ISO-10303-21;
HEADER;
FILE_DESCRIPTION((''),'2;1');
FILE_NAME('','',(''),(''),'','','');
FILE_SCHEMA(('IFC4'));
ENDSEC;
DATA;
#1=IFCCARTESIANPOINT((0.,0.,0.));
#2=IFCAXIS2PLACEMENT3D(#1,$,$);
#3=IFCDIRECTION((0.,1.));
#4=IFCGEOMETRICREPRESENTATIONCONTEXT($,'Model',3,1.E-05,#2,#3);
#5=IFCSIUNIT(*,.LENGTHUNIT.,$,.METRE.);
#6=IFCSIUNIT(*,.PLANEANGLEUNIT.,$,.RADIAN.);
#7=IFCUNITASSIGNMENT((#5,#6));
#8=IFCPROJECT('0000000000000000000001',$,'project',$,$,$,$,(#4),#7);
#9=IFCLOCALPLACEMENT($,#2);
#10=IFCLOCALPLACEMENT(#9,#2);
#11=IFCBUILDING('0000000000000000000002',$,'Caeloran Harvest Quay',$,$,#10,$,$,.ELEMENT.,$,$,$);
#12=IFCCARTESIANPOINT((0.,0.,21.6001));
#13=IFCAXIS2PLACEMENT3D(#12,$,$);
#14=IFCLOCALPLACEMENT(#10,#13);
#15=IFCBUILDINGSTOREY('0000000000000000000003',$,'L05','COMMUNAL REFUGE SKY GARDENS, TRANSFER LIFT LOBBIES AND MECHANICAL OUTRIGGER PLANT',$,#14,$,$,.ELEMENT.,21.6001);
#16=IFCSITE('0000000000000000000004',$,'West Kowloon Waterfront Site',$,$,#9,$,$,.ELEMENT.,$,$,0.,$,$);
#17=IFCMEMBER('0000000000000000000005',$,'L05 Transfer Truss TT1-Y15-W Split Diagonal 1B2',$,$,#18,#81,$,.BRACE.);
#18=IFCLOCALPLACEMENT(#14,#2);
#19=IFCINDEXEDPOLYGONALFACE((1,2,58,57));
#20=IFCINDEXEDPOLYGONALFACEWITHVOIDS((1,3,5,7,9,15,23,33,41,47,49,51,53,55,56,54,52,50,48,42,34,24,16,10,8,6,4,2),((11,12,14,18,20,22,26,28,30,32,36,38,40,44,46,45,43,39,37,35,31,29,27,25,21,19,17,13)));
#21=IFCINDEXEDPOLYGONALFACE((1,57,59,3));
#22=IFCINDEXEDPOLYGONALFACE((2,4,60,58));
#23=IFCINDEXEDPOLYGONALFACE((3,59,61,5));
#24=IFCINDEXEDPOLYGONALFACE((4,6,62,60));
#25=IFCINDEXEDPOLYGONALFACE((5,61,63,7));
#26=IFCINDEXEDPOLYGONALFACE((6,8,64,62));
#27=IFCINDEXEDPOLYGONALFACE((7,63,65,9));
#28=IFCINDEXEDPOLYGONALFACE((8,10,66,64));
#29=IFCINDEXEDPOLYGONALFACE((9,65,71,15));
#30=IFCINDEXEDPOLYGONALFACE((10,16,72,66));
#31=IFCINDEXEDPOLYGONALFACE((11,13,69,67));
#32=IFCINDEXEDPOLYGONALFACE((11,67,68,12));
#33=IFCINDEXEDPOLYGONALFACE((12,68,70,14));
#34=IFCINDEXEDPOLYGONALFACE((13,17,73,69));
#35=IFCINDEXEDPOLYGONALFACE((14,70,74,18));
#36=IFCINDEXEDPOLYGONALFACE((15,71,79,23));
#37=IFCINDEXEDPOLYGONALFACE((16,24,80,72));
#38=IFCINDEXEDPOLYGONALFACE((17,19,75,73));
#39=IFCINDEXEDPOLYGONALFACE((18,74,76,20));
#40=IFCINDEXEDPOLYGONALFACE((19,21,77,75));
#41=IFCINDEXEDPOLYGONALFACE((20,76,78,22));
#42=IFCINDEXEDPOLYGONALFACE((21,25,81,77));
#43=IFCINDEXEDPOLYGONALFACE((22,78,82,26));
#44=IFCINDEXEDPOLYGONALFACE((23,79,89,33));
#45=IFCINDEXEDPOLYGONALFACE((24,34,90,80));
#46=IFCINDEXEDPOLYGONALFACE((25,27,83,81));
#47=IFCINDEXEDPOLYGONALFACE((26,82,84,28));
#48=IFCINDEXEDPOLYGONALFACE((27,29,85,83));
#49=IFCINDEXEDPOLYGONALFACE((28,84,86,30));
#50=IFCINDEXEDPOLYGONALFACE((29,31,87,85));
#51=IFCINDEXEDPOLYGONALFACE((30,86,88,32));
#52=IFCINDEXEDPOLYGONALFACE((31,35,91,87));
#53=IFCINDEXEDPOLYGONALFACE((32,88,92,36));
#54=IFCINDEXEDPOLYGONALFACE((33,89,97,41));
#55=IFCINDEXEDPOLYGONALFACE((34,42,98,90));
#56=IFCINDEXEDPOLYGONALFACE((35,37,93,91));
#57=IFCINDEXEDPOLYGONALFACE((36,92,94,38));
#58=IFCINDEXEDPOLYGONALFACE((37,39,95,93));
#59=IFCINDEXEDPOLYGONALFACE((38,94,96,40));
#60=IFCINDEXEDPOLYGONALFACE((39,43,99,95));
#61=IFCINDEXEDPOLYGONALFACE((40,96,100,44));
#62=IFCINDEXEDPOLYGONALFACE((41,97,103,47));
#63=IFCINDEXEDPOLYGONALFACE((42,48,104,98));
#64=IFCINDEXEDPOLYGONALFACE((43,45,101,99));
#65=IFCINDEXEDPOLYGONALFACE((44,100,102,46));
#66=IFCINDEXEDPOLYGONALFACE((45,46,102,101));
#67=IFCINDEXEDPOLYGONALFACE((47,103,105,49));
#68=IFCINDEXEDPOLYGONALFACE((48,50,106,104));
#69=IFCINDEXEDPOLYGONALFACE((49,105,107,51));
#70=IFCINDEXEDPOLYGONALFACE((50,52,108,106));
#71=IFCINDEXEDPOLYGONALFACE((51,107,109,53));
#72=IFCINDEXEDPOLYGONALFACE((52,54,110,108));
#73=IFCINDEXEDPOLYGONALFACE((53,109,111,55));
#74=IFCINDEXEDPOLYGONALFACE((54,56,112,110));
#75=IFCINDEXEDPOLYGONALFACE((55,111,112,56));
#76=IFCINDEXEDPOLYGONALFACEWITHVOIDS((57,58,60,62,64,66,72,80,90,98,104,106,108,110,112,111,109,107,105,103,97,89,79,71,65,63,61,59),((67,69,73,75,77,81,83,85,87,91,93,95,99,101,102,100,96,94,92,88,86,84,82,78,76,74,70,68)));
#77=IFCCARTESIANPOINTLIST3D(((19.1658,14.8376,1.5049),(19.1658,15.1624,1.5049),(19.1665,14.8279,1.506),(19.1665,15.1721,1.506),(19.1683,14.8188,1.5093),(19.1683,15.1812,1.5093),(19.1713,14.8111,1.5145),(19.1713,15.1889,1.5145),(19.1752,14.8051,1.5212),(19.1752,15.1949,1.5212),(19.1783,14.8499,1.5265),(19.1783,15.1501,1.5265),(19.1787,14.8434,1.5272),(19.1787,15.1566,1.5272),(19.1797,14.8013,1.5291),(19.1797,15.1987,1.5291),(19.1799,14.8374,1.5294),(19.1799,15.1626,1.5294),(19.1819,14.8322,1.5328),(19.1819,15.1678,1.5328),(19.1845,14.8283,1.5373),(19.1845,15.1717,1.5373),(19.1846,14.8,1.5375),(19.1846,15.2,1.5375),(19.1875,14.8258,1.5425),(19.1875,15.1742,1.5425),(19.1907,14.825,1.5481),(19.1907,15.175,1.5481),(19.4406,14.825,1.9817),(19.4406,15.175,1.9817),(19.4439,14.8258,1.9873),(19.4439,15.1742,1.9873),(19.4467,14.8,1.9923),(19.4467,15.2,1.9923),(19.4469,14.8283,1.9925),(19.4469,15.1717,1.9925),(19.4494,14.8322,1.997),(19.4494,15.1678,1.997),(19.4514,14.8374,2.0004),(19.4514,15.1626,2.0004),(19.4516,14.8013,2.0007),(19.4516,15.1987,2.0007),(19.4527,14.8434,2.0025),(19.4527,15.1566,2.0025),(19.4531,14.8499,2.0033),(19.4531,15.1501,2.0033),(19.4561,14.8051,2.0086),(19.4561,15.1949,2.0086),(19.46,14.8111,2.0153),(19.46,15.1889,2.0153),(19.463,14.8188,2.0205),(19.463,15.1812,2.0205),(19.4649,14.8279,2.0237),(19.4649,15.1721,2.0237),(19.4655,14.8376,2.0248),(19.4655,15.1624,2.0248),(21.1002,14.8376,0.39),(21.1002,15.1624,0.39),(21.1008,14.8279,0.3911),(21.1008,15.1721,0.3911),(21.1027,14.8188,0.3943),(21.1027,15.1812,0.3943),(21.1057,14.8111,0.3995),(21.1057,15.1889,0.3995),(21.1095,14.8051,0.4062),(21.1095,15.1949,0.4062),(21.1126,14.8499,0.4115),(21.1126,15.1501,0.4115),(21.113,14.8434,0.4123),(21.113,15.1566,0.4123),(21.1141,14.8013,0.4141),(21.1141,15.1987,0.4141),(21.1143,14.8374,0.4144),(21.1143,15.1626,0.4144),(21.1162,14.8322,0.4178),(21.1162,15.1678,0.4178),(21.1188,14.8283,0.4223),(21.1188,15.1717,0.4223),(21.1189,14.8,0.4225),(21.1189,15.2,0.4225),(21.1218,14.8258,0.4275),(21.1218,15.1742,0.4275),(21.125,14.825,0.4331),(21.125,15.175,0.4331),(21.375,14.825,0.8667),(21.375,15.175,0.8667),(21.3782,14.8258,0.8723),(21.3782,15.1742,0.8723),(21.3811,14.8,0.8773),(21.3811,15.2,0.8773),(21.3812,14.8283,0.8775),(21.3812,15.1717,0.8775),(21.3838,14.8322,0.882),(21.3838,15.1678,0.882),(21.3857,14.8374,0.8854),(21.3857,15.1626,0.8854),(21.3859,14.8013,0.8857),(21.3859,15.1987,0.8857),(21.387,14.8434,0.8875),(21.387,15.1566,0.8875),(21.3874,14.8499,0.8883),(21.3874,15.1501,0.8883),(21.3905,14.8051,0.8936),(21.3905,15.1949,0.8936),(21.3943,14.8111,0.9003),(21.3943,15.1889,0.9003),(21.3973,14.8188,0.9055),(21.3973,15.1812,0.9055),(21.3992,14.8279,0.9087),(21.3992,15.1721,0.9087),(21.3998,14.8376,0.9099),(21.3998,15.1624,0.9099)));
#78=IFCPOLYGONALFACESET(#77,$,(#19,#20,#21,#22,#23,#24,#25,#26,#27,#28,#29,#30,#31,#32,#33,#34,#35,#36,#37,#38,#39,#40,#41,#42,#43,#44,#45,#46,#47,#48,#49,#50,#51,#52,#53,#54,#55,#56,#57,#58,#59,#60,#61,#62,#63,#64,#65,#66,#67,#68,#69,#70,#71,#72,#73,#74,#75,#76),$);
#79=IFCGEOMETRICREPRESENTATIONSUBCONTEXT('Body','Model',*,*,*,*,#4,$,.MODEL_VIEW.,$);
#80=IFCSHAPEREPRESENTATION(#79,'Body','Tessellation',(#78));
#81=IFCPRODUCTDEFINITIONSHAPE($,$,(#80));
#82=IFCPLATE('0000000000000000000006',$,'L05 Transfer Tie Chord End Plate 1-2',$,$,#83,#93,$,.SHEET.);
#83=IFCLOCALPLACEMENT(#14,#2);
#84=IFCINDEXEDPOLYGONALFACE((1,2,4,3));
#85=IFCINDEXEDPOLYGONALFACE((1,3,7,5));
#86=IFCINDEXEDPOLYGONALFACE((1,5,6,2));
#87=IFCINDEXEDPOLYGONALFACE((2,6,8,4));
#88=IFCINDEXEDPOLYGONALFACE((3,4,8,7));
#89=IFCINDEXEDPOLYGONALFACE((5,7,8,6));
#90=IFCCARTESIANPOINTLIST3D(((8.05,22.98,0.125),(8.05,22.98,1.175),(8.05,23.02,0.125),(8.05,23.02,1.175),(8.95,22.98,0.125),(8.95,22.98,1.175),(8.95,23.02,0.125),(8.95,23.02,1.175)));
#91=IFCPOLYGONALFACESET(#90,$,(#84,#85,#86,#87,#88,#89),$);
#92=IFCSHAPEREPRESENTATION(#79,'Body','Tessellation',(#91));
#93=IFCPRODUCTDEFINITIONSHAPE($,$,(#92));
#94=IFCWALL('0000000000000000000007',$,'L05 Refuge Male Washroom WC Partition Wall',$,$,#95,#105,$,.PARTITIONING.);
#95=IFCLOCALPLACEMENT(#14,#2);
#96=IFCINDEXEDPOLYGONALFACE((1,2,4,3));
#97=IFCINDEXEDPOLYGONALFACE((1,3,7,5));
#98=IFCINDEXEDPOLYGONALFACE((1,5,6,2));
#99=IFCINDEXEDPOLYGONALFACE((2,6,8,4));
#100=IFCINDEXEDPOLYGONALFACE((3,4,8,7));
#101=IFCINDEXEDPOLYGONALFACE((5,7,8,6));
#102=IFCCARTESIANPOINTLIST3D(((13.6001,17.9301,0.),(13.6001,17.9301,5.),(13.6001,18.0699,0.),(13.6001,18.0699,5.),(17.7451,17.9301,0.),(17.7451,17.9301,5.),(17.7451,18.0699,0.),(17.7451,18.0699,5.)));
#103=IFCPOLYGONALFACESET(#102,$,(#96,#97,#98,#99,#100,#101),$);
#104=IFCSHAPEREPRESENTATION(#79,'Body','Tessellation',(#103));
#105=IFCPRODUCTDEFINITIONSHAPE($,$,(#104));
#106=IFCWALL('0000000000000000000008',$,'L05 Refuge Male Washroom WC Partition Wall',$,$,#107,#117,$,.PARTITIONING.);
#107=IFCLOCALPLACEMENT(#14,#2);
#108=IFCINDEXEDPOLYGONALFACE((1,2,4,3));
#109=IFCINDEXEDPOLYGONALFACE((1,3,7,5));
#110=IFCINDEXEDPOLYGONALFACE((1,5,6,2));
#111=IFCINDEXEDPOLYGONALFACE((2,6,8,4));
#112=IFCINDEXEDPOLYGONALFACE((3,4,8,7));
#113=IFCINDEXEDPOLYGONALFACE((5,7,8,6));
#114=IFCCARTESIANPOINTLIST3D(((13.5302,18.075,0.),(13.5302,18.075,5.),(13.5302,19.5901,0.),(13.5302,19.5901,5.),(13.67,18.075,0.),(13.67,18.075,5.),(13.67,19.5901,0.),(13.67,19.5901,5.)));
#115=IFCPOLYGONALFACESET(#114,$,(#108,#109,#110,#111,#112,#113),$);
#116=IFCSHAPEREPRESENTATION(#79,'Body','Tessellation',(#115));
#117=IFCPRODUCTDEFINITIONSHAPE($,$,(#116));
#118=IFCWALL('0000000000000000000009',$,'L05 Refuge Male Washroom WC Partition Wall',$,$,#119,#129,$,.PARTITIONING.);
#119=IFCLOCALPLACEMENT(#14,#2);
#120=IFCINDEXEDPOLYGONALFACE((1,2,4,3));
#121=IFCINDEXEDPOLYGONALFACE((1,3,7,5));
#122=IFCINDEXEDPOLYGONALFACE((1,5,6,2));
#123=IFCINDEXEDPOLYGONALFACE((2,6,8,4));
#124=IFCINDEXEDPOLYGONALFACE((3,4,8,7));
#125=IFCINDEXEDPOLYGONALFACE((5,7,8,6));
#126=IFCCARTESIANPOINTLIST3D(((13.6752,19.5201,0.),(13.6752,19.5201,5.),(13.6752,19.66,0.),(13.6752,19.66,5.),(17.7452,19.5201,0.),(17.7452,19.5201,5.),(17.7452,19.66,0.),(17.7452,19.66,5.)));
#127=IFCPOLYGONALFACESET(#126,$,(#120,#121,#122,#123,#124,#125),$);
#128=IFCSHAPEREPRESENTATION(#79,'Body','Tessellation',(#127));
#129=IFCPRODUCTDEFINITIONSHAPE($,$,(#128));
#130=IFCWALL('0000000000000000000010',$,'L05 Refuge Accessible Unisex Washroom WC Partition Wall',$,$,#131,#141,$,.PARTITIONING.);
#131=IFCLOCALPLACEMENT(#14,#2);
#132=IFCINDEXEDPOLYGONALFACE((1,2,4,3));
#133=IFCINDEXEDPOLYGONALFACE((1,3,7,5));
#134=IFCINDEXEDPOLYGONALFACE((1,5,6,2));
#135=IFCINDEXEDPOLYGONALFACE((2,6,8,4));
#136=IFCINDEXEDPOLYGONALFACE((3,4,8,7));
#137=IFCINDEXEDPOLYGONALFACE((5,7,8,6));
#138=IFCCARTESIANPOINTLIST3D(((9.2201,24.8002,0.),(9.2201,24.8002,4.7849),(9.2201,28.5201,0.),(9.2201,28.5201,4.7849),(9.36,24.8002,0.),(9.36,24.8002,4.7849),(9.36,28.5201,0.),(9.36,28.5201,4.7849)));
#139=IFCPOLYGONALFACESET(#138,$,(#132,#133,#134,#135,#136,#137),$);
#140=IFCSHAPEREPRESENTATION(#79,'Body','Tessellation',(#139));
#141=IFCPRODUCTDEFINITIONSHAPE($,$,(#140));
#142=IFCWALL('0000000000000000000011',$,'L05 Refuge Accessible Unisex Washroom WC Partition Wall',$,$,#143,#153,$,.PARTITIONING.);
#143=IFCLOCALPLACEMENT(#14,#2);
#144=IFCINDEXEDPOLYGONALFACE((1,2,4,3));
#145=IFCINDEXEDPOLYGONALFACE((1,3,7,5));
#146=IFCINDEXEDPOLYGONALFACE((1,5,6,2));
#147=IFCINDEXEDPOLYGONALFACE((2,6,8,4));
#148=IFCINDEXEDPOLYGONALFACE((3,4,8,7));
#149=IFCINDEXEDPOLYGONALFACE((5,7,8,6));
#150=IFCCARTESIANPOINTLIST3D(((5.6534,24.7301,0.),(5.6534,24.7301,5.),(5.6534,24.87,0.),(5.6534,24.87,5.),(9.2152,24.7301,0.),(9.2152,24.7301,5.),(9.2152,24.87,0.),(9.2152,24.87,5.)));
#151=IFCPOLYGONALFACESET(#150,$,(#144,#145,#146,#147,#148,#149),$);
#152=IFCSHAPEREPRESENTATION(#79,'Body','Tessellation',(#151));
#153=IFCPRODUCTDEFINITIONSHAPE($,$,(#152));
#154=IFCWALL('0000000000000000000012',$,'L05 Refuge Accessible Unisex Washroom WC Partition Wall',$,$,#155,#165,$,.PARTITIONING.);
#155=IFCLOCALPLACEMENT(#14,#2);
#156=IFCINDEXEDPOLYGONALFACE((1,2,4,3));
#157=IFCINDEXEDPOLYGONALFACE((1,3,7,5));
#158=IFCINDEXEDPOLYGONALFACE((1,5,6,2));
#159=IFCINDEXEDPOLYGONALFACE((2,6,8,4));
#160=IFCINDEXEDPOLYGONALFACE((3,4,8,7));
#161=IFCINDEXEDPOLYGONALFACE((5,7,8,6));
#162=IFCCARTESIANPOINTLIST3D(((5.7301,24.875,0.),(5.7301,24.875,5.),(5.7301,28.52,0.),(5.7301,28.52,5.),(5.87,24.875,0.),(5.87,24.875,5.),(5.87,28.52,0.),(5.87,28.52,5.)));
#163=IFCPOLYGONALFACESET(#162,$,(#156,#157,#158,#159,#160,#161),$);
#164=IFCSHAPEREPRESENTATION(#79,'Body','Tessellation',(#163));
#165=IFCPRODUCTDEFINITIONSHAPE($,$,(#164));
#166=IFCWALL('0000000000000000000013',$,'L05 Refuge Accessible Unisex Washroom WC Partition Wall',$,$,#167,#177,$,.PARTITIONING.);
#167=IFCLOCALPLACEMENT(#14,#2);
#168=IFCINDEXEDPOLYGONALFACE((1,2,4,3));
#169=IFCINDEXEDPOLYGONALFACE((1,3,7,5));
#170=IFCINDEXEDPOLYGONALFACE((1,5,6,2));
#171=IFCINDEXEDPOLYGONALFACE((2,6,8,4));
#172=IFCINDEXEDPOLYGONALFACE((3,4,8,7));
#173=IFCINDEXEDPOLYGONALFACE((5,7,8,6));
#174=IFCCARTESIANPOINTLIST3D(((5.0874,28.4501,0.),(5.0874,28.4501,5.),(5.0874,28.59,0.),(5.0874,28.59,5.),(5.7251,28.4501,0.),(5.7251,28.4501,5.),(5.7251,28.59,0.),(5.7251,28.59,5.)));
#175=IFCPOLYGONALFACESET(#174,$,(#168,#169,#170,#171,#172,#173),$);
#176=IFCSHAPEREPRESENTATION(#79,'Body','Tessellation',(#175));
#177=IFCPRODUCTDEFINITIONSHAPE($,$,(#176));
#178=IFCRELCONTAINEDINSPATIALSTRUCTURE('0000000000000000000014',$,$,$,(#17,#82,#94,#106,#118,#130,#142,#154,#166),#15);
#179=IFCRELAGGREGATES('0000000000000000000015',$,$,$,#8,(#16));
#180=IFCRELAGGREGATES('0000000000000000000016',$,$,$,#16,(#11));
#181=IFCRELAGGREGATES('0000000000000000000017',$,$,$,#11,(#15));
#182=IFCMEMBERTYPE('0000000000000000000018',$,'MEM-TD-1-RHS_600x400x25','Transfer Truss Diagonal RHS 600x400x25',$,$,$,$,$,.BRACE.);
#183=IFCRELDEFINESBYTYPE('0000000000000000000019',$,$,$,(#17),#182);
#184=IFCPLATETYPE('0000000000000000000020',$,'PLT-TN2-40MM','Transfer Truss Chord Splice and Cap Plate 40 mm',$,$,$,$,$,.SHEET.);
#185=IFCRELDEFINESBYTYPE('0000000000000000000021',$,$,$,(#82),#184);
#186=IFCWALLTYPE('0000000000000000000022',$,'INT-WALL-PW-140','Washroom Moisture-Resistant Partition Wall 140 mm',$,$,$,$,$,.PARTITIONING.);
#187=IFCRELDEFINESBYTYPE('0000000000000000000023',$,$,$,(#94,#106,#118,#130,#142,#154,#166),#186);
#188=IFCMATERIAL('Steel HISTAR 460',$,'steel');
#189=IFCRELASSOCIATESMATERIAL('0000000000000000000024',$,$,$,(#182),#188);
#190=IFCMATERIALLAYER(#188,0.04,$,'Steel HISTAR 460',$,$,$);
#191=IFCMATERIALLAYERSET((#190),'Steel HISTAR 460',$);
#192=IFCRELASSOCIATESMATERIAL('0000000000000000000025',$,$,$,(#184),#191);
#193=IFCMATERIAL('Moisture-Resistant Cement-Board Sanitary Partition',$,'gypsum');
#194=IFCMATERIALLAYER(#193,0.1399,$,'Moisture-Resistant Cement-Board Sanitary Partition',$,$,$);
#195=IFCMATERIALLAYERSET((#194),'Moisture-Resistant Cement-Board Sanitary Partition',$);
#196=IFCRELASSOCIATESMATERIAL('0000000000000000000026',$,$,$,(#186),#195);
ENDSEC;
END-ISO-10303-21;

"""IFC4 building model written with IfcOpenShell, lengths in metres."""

from ifc_helpers import new_model, si_unit, direction, frame, frame_2d, origin, origin_2d, place, context, subcontext, project, spatial, rectangle, hollow_rectangle, extrude, material, layer, layer_set, material_profile, profile_set, type_object, element, save


model = new_model("IFC4")

# Units and contexts
model_context = context("Model", 3, precision=1e-05, world=origin(), true_north=direction((0.0, 1.0)))
body_context = subcontext(model_context, "Body", "Model", "MODEL_VIEW")
ifc_project = project(units=[si_unit("LENGTHUNIT", "METRE"), si_unit("PLANEANGLEUNIT", "RADIAN")], contexts=[model_context])

# Site, building, storey
site_placement = place(None, origin())
site = spatial("IfcSite", under=ifc_project, at=site_placement, Name="West Kowloon Waterfront Site", CompositionType="ELEMENT", RefElevation=0.0)
building_placement = place(site_placement, origin())
building = spatial("IfcBuilding", under=site, at=building_placement, Name="Caeloran Harvest Quay", CompositionType="ELEMENT")
storey_placement = place(building_placement, frame((0.0, 0.0, 21.6001)))
storey = spatial("IfcBuildingStorey", under=building, at=storey_placement, Name="L05", Description="COMMUNAL REFUGE SKY GARDENS, TRANSFER LIFT LOBBIES AND MECHANICAL OUTRIGGER PLANT", CompositionType="ELEMENT", Elevation=21.6001)

# Member
ifc_material_1 = material(Name="Steel HISTAR 460", Category="steel")
ifc_material_profile_1 = material_profile(ifc_material_1, hollow_rectangle(XDim=0.3999, YDim=0.6001, WallThickness=0.0249, InnerFilletRadius=0.0249, OuterFilletRadius=0.0376, at=origin_2d()), Name="RHS 600x400x25")
ifc_profile_set_1 = profile_set([ifc_material_profile_1], Name="Steel HISTAR 460")
member_type = type_object("IfcMemberType", Name="MEM-TD-1-RHS_600x400x25", Description="Transfer Truss Diagonal RHS 600x400x25", PredefinedType="BRACE", material=ifc_profile_set_1)
member_placement = place(storey_placement, frame((19.3157, 15.0, 1.7649), z_axis=(0.866373, 0.0, -0.499397), x_axis=(0.0, 1.0, 0.0)))
element("IfcMember", 1, at=member_placement, inside=storey, type_object=member_type, Name="L05 Transfer Truss TT1-Y15-W Split Diagonal 1B2", PredefinedType="BRACE", context=body_context, shape_type="SweptSolid", body=[
    extrude(hollow_rectangle(XDim=0.3999, YDim=0.6001, WallThickness=0.0249, InnerFilletRadius=0.0249, OuterFilletRadius=0.0376, at=origin_2d()), origin(), (0.0, 0.0, 1.0), 2.2327),
])

# Plate
ifc_layer_1 = layer(ifc_material_1, 0.04, Name="Steel HISTAR 460")
ifc_layer_set_1 = layer_set([ifc_layer_1], Name="Steel HISTAR 460")
plate_type = type_object("IfcPlateType", Name="PLT-TN2-40MM", Description="Transfer Truss Chord Splice and Cap Plate 40 mm", PredefinedType="SHEET", material=ifc_layer_set_1)
plate_placement = place(storey_placement, frame((8.5, 23.0, 0.125), z_axis=(0.0, 0.0, 1.0), x_axis=(1.0, 0.0, 0.0)))
element("IfcPlate", 2, at=plate_placement, inside=storey, type_object=plate_type, Name="L05 Transfer Tie Chord End Plate 1-2", PredefinedType="SHEET", context=body_context, shape_type="SweptSolid", body=[
    extrude(rectangle(XDim=0.8999, YDim=0.04, at=origin_2d()), origin(), (0.0, 0.0, 1.0), 1.05),
])

# Shared definitions
ifc_material_2 = material(Name="Moisture-Resistant Cement-Board Sanitary Partition", Category="gypsum")
ifc_layer_2 = layer(ifc_material_2, 0.1399, Name="Moisture-Resistant Cement-Board Sanitary Partition")
ifc_layer_set_2 = layer_set([ifc_layer_2], Name="Moisture-Resistant Cement-Board Sanitary Partition")
wall_type_1 = type_object("IfcWallType", Name="INT-WALL-PW-140", Description="Washroom Moisture-Resistant Partition Wall 140 mm", PredefinedType="PARTITIONING", material=ifc_layer_set_2)

# Walls
wall_1_placement = place(storey_placement, frame((17.7451, 18.0, 0.0), z_axis=(0.0, 0.0, 1.0), x_axis=(-1.0, 0.0, 0.0)))
element("IfcWall", 3, at=wall_1_placement, inside=storey, type_object=wall_type_1, Name="L05 Refuge Male Washroom WC Partition Wall", PredefinedType="PARTITIONING", context=body_context, shape_type="SweptSolid", body=[
    extrude(rectangle(XDim=4.145, YDim=0.1399, at=frame_2d((2.0725, 0.0))), origin(), (0.0, 0.0, 1.0), 5.0),
])
wall_2_placement = place(storey_placement, frame((13.6001, 18.075, 0.0), z_axis=(0.0, 0.0, 1.0), x_axis=(0.0, 1.0, 0.0)))
element("IfcWall", 4, at=wall_2_placement, inside=storey, type_object=wall_type_1, Name="L05 Refuge Male Washroom WC Partition Wall", PredefinedType="PARTITIONING", context=body_context, shape_type="SweptSolid", body=[
    extrude(rectangle(XDim=1.5151, YDim=0.1399, at=frame_2d((0.7576, 0.0))), origin(), (0.0, 0.0, 1.0), 5.0),
])
wall_3_placement = place(storey_placement, frame((13.675, 19.5901, 0.0), z_axis=(0.0, 0.0, 1.0), x_axis=(1.0, 0.0, 0.0)))
element("IfcWall", 5, at=wall_3_placement, inside=storey, type_object=wall_type_1, Name="L05 Refuge Male Washroom WC Partition Wall", PredefinedType="PARTITIONING", context=body_context, shape_type="SweptSolid", body=[
    extrude(rectangle(XDim=4.0701, YDim=0.1399, at=frame_2d((2.0352, 0.0))), origin(), (0.0, 0.0, 1.0), 5.0),
])
wall_4_placement = place(storey_placement, frame((9.29, 28.52, 0.0), z_axis=(0.0, 0.0, 1.0), x_axis=(0.0, -1.0, 0.0)))
element("IfcWall", 6, at=wall_4_placement, inside=storey, type_object=wall_type_1, Name="L05 Refuge Accessible Unisex Washroom WC Partition Wall", PredefinedType="PARTITIONING", context=body_context, shape_type="SweptSolid", body=[
    extrude(rectangle(XDim=3.72, YDim=0.1399, at=frame_2d((1.8599, 0.0))), origin(), (0.0, 0.0, 1.0), 4.7849),
])
wall_5_placement = place(storey_placement, frame((9.2151, 24.8, 0.0), z_axis=(0.0, 0.0, 1.0), x_axis=(-1.0, 0.0, 0.0)))
element("IfcWall", 7, at=wall_5_placement, inside=storey, type_object=wall_type_1, Name="L05 Refuge Accessible Unisex Washroom WC Partition Wall", PredefinedType="PARTITIONING", context=body_context, shape_type="SweptSolid", body=[
    extrude(rectangle(XDim=3.5618, YDim=0.1399, at=frame_2d((1.7808, 0.0))), origin(), (0.0, 0.0, 1.0), 5.0),
])
wall_6_placement = place(storey_placement, frame((5.8, 24.875, 0.0), z_axis=(0.0, 0.0, 1.0), x_axis=(0.0, 1.0, 0.0)))
element("IfcWall", 8, at=wall_6_placement, inside=storey, type_object=wall_type_1, Name="L05 Refuge Accessible Unisex Washroom WC Partition Wall", PredefinedType="PARTITIONING", context=body_context, shape_type="SweptSolid", body=[
    extrude(rectangle(XDim=3.645, YDim=0.1399, at=frame_2d((1.8225, 0.0))), origin(), (0.0, 0.0, 1.0), 5.0),
])
wall_7_placement = place(storey_placement, frame((5.0874, 28.52, 0.0), z_axis=(0.0, 0.0, 1.0), x_axis=(1.0, 0.0, 0.0)))
element("IfcWall", 9, at=wall_7_placement, inside=storey, type_object=wall_type_1, Name="L05 Refuge Accessible Unisex Washroom WC Partition Wall", PredefinedType="PARTITIONING", context=body_context, shape_type="SweptSolid", body=[
    extrude(rectangle(XDim=0.6377, YDim=0.1399, at=frame_2d((0.3188, 0.0))), origin(), (0.0, 0.0, 1.0), 5.0),
])

save(model, "model.ifc")
